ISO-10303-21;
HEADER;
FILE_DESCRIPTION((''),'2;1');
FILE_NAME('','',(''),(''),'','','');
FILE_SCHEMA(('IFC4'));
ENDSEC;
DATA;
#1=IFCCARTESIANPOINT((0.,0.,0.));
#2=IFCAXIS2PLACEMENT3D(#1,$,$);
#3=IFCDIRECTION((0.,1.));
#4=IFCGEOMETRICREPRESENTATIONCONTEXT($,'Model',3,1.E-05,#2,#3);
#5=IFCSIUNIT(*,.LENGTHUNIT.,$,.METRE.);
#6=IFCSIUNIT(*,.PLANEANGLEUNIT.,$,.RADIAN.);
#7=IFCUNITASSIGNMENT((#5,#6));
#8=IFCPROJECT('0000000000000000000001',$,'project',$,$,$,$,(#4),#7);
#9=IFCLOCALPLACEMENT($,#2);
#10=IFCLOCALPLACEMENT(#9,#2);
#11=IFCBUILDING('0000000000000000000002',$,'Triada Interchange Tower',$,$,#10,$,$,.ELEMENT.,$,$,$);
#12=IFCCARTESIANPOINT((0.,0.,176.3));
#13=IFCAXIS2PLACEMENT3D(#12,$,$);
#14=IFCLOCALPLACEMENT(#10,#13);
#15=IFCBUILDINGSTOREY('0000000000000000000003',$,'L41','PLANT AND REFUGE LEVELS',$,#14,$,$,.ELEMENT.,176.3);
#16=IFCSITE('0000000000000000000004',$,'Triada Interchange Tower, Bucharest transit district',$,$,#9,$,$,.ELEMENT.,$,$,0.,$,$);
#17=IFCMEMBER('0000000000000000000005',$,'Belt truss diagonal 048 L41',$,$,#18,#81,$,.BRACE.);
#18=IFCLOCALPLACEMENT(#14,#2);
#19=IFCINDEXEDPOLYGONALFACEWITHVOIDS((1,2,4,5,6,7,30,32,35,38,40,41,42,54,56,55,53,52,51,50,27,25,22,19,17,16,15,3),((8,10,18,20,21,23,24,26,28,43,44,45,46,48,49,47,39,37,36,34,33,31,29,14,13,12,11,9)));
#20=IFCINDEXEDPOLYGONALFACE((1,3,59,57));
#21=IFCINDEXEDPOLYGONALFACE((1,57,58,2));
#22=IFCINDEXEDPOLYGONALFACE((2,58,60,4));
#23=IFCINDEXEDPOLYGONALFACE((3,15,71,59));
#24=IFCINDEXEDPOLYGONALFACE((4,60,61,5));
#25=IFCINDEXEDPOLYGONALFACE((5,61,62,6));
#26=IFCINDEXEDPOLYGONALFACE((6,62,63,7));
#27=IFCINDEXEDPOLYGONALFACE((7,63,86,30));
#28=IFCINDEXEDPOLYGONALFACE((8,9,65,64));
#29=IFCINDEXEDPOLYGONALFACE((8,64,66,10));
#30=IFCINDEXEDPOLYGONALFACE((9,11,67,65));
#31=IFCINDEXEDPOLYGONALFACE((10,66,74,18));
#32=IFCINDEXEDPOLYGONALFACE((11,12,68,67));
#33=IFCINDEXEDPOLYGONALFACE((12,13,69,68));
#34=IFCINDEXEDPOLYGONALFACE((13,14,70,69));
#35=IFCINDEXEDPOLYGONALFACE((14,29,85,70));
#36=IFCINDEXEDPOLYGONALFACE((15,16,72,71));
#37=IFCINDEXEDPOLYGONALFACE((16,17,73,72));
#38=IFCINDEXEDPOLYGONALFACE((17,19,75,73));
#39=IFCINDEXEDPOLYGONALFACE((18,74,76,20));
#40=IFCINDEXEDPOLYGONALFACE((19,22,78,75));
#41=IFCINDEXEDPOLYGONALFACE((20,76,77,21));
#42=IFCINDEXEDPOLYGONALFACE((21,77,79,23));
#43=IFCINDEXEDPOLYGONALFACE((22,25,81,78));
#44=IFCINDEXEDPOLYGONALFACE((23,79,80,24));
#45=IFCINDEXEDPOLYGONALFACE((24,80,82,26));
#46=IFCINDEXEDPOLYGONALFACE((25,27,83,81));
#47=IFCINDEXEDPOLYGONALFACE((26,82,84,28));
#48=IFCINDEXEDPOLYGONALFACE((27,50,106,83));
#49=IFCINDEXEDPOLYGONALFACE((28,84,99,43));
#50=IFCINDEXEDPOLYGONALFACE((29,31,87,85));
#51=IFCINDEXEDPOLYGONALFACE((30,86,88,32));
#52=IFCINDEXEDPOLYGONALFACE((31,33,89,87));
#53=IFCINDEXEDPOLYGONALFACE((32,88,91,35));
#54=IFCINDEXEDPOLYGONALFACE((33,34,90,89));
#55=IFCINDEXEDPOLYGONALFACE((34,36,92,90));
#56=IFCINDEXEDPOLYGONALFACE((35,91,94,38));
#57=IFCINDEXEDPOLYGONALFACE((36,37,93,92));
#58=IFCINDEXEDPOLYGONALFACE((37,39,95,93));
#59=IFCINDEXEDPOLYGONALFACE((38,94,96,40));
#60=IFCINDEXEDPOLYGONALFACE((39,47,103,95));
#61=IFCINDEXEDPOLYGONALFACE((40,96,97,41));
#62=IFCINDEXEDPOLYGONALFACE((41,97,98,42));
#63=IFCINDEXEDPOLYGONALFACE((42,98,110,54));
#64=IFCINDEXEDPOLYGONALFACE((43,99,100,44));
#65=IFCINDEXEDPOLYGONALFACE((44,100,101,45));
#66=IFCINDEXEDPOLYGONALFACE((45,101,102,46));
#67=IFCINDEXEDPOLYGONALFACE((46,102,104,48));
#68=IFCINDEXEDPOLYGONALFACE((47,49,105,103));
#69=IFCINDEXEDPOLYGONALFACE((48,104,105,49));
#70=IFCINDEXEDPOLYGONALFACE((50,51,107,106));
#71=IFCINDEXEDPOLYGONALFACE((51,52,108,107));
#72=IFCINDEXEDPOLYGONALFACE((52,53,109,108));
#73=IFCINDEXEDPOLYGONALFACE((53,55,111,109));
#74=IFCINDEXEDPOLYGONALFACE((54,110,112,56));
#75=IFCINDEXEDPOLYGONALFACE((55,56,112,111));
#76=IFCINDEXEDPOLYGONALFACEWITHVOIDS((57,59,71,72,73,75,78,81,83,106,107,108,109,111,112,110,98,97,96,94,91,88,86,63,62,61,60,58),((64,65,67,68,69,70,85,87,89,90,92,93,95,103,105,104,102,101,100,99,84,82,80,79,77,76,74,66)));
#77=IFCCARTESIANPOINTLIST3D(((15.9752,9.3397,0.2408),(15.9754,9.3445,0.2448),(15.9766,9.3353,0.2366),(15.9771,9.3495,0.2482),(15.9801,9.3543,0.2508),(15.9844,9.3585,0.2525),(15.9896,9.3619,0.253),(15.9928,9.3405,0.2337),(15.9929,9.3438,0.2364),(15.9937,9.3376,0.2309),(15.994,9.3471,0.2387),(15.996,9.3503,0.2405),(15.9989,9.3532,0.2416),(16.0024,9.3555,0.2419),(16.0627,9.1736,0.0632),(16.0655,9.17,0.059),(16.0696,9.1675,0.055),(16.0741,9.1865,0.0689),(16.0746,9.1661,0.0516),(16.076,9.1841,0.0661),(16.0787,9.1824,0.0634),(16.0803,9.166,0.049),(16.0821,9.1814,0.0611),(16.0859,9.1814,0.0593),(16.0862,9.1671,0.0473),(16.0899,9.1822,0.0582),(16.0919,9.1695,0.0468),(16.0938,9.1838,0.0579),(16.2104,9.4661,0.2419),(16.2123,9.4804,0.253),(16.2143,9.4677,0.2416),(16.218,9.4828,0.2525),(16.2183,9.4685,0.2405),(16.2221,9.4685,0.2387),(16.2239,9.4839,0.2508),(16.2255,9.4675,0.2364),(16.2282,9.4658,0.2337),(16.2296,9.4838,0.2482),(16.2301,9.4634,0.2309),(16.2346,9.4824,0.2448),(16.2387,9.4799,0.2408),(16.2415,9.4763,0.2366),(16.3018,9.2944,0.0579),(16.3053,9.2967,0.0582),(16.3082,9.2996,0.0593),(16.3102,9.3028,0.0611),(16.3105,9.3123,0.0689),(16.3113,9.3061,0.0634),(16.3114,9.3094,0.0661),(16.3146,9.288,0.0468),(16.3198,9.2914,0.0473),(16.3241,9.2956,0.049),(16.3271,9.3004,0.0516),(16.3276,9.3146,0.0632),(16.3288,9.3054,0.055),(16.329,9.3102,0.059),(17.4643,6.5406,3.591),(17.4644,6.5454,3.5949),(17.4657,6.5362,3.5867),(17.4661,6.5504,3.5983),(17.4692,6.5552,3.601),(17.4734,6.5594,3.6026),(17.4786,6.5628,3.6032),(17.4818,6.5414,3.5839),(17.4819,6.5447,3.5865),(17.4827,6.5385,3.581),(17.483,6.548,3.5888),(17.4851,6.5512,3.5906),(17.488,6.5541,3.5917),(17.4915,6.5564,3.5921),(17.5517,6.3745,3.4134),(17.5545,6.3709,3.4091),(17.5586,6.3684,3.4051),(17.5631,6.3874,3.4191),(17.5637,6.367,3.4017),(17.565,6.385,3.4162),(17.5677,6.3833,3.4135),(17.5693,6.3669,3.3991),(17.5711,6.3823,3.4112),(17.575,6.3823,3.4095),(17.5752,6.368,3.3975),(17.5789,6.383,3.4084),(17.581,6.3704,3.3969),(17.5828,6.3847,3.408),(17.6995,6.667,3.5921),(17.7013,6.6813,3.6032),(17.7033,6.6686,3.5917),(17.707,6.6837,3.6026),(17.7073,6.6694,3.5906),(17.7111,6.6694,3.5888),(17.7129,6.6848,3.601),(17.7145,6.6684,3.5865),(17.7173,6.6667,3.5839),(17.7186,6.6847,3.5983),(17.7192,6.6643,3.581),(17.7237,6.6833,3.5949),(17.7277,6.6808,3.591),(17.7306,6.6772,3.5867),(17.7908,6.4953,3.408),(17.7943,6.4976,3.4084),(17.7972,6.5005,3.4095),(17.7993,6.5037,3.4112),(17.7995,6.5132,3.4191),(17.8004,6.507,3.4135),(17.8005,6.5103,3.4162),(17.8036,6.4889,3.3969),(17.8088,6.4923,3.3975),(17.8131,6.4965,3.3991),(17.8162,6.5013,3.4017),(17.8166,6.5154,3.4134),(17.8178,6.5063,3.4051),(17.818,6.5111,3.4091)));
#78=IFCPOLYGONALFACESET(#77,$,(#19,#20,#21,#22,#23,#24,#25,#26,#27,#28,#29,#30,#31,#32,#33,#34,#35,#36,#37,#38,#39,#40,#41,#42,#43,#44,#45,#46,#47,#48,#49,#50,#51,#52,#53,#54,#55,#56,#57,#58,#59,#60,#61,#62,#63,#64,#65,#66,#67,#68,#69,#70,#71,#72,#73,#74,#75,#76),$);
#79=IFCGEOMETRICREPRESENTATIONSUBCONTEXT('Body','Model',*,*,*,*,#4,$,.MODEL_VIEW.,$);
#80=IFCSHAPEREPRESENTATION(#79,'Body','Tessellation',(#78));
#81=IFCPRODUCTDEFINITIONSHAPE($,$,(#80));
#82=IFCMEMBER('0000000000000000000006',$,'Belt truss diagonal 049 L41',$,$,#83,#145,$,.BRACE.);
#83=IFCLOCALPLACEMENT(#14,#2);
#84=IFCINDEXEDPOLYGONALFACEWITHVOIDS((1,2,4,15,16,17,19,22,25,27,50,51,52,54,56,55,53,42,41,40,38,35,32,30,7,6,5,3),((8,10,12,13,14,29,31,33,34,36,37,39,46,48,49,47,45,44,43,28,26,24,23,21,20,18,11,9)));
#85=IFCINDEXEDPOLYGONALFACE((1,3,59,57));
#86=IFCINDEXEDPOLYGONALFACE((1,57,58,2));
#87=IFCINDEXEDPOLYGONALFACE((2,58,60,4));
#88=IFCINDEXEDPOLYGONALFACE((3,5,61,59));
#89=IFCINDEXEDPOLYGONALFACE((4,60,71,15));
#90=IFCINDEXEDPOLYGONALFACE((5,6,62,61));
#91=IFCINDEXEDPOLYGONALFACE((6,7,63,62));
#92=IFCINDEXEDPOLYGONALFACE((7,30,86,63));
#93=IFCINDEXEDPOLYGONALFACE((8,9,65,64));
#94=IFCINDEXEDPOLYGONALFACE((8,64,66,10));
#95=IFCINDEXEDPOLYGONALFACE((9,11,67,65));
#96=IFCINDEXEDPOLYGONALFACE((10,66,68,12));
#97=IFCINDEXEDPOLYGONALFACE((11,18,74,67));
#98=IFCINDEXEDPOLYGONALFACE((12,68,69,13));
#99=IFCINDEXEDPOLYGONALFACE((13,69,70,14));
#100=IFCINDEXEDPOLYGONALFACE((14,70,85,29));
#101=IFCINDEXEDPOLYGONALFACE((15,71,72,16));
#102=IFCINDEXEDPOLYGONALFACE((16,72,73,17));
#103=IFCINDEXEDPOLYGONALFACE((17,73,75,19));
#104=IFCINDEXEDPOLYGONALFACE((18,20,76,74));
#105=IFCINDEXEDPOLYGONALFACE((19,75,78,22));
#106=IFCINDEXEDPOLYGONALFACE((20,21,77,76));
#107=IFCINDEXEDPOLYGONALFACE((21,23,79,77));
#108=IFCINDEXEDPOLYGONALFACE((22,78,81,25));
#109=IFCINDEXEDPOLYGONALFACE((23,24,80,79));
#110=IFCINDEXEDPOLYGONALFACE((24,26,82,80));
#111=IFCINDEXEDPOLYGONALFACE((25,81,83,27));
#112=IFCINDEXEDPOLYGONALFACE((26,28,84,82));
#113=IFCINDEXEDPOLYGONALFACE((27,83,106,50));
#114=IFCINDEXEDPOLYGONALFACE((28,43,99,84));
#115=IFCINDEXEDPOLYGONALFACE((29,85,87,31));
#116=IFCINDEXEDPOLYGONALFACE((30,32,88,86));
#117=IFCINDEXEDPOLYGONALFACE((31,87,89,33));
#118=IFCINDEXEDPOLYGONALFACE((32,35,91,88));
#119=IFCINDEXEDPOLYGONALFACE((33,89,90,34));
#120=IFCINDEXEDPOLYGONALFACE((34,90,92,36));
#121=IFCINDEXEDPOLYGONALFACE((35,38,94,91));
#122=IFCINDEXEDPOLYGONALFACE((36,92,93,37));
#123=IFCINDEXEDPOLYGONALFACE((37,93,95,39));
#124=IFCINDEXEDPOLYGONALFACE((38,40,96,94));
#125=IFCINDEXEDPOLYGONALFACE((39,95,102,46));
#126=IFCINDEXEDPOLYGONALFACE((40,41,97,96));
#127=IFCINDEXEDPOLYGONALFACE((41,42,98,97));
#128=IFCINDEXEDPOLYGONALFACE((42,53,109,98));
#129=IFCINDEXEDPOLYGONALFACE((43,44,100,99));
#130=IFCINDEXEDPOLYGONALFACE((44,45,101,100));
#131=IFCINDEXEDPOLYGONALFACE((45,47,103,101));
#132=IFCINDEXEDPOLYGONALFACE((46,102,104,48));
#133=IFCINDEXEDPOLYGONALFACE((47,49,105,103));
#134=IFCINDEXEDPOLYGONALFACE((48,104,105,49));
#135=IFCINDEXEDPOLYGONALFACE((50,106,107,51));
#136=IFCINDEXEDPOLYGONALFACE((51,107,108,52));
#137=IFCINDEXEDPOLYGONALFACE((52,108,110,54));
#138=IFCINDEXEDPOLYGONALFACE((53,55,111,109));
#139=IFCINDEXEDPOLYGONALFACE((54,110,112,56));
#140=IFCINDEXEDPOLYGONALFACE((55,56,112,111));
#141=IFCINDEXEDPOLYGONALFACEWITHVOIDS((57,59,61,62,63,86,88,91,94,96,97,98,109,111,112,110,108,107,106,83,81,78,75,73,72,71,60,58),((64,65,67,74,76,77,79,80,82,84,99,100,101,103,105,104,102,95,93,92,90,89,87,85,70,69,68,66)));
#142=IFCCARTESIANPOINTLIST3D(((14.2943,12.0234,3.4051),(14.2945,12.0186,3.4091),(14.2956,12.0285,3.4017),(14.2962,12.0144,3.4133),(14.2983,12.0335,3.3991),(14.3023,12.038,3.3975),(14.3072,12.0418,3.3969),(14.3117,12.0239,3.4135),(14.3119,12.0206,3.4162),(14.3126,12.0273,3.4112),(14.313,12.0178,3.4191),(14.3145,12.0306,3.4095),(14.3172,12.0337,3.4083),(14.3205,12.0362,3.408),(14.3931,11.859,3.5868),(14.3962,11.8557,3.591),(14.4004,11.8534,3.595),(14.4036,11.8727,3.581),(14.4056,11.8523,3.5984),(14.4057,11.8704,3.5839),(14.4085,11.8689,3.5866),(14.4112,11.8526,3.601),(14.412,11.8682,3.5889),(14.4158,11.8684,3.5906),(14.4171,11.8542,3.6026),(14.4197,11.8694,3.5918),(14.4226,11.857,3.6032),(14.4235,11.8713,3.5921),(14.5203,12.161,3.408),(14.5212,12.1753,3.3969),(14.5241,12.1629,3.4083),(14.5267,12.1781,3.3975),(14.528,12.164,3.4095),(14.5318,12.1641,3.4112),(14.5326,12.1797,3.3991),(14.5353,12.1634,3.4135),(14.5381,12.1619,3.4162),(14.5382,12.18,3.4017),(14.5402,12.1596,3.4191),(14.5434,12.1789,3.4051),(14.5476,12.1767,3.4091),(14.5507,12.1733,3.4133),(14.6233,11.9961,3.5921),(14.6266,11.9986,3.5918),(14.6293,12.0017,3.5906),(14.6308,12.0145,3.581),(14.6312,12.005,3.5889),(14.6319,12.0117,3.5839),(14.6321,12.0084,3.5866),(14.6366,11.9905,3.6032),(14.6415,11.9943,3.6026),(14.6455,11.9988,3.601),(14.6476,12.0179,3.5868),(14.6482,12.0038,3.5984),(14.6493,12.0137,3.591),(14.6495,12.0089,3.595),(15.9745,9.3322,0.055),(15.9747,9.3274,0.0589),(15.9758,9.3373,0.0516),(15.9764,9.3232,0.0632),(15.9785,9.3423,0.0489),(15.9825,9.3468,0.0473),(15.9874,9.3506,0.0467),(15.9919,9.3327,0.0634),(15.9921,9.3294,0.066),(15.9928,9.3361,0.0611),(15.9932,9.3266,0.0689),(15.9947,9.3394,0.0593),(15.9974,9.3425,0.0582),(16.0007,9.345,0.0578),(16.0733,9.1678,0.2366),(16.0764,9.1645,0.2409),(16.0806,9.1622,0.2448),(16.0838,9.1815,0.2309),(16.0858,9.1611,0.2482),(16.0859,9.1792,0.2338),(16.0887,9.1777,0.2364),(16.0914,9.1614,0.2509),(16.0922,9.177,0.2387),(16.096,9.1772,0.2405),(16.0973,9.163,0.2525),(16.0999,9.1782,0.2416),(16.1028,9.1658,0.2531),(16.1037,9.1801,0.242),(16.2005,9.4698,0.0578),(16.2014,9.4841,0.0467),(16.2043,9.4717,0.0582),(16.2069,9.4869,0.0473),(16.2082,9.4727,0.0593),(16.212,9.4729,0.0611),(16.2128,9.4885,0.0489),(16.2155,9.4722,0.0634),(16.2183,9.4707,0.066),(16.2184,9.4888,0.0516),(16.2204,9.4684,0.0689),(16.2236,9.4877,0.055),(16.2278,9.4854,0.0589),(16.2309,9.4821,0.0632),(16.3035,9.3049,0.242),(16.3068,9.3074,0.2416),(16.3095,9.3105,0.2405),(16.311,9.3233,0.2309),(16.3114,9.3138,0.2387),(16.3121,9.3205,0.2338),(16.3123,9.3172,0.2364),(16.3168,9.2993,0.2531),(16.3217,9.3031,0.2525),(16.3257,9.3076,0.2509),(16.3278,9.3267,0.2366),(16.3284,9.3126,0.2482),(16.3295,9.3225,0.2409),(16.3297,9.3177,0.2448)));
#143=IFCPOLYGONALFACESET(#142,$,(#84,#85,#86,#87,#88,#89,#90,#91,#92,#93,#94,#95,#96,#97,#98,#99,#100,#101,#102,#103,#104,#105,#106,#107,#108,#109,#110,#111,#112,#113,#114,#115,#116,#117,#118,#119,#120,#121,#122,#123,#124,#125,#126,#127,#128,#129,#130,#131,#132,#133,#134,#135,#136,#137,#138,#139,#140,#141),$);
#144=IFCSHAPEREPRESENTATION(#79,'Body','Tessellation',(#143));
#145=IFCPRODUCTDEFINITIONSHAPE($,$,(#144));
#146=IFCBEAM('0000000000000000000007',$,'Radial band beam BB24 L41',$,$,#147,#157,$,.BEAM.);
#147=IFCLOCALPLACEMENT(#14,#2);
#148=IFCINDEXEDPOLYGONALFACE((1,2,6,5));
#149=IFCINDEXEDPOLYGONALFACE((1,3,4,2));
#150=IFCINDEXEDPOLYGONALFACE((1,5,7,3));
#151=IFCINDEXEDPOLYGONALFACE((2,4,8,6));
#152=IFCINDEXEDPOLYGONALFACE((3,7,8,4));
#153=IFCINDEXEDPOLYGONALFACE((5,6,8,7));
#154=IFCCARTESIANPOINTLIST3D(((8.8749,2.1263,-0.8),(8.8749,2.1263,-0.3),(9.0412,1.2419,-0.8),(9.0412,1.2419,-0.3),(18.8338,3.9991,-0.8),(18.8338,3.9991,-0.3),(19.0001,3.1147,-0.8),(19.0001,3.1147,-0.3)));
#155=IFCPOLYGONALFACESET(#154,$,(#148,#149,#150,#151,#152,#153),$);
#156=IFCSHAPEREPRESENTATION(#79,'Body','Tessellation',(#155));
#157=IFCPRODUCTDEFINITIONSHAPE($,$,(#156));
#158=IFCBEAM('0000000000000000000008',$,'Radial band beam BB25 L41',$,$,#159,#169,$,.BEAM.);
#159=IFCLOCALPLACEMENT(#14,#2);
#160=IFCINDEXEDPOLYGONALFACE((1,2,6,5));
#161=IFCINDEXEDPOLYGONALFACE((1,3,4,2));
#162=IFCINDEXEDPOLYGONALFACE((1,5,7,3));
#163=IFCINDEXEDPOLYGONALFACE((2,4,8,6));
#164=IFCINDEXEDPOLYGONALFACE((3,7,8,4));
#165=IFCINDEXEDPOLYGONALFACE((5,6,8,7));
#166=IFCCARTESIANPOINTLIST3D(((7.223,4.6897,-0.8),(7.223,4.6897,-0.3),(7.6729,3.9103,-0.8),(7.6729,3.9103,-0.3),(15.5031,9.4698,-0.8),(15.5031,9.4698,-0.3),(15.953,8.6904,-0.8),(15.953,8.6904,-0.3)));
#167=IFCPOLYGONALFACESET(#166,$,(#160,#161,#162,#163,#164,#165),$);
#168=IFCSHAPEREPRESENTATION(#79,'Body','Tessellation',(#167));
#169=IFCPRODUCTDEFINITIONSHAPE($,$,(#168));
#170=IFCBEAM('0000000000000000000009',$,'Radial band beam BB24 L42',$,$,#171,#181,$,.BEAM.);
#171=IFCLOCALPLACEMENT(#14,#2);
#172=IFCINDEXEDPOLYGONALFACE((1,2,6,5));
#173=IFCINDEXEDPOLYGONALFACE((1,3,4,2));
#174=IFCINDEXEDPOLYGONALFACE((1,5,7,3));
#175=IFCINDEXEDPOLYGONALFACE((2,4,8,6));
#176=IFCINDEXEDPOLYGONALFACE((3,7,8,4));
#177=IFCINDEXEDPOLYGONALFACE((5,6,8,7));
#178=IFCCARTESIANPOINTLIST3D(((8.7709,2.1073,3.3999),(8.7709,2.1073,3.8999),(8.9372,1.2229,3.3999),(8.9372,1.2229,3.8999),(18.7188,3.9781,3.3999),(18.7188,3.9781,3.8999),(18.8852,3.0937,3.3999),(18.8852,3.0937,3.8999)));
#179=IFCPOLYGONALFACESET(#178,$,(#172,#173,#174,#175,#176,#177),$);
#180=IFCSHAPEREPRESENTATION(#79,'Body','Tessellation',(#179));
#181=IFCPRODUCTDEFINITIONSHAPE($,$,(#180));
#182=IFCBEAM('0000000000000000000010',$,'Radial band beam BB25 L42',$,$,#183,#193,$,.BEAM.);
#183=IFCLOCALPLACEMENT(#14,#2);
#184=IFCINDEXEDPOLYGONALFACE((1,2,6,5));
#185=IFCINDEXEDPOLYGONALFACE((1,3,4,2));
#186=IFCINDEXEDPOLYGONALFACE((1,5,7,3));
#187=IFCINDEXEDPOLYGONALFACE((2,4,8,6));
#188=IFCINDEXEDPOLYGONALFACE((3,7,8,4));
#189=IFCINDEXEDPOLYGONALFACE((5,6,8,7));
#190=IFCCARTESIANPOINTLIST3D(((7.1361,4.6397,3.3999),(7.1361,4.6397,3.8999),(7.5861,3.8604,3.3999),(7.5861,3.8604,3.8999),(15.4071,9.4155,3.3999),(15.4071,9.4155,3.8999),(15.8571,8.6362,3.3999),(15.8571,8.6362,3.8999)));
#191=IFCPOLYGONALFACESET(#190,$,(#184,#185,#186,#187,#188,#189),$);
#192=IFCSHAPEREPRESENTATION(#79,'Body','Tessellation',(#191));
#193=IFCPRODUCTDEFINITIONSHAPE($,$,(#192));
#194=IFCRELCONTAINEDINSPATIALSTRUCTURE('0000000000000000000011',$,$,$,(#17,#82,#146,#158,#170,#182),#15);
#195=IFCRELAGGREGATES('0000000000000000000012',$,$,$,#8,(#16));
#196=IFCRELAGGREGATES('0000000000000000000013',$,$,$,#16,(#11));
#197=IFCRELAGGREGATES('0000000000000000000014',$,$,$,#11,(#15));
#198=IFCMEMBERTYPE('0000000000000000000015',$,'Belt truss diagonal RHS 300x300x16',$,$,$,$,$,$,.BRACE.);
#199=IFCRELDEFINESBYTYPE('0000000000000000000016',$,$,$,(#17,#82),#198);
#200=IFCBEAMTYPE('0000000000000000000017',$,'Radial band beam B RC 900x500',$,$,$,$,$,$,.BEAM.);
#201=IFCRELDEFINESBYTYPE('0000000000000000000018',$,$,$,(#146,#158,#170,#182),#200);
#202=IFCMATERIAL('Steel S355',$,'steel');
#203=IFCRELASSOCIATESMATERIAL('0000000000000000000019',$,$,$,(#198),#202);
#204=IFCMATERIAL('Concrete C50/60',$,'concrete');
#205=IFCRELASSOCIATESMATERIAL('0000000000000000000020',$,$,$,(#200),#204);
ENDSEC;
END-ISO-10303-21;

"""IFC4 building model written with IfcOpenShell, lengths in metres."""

from ifc_helpers import new_model, si_unit, direction, frame, origin, origin_2d, place, context, subcontext, project, spatial, rectangle, hollow_rectangle, extrude, material, material_profile, profile_set, type_object, element, save


model = new_model("IFC4")

# Units and contexts
model_context = context("Model", 3, precision=1e-05, world=origin(), true_north=direction((0.0, 1.0)))
body_context = subcontext(model_context, "Body", "Model", "MODEL_VIEW")
ifc_project = project(units=[si_unit("LENGTHUNIT", "METRE"), si_unit("PLANEANGLEUNIT", "RADIAN")], contexts=[model_context])

# Site, building, storey
site_placement = place(None, origin())
site = spatial("IfcSite", under=ifc_project, at=site_placement, Name="Triada Interchange Tower, Bucharest transit district", CompositionType="ELEMENT", RefElevation=0.0)
building_placement = place(site_placement, origin())
building = spatial("IfcBuilding", under=site, at=building_placement, Name="Triada Interchange Tower", CompositionType="ELEMENT")
storey_placement = place(building_placement, frame((0.0, 0.0, 176.3)))
storey = spatial("IfcBuildingStorey", under=building, at=storey_placement, Name="L41", Description="PLANT AND REFUGE LEVELS", CompositionType="ELEMENT", Elevation=176.3)

# Members
ifc_material_1 = material(Name="Steel S355", Category="steel")
ifc_material_profile_1 = material_profile(ifc_material_1, hollow_rectangle(XDim=0.3, YDim=0.3, WallThickness=0.0161, InnerFilletRadius=0.0161, OuterFilletRadius=0.0239, at=origin_2d()), Name="RHS 300x300x16")
ifc_profile_set_1 = profile_set([ifc_material_profile_1], Name="Steel S355")
member_type = type_object("IfcMemberType", Name="Belt truss diagonal RHS 300x300x16", PredefinedType="BRACE", material=ifc_profile_set_1)
member_1_placement = place(storey_placement, frame((16.1521, 9.325, 0.1499), z_axis=(0.322822, -0.606845, 0.726309), x_axis=(0.882853, 0.469649, 0.0)))
element("IfcMember", 1, at=member_1_placement, inside=storey, type_object=member_type, Name="Belt truss diagonal 048 L41", PredefinedType="BRACE", context=body_context, shape_type="SweptSolid", body=[
    extrude(hollow_rectangle(XDim=0.3, YDim=0.3, WallThickness=0.0161, InnerFilletRadius=0.0161, OuterFilletRadius=0.0239, at=origin_2d()), origin(), (0.0, 0.0, 1.0), 4.6125),
])
member_2_placement = place(storey_placement, frame((16.1521, 9.325, 0.1499), z_axis=(-0.364152, 0.583267, 0.726081), x_axis=(-0.848253, -0.529591, 0.0)))
element("IfcMember", 2, at=member_2_placement, inside=storey, type_object=member_type, Name="Belt truss diagonal 049 L41", PredefinedType="BRACE", context=body_context, shape_type="SweptSolid", body=[
    extrude(hollow_rectangle(XDim=0.3, YDim=0.3, WallThickness=0.0161, InnerFilletRadius=0.0161, OuterFilletRadius=0.0239, at=origin_2d()), origin(), (0.0, 0.0, 1.0), 4.614),
])

# Beams
ifc_material_2 = material(Name="Concrete C50/60", Category="concrete")
ifc_material_profile_2 = material_profile(ifc_material_2, rectangle(XDim=0.8999, YDim=0.5, at=origin_2d()), Name="RC 900x500")
ifc_profile_set_2 = profile_set([ifc_material_profile_2], Name="Concrete C50/60")
beam_type_1 = type_object("IfcBeamType", Name="Radial band beam B RC 900x500", PredefinedType="BEAM", material=ifc_profile_set_2)
beam_1_placement = place(storey_placement, frame((18.917, 3.5569, -0.55), z_axis=(-0.982774, -0.184812, 0.0), x_axis=(0.184812, -0.982774, 0.0)))
element("IfcBeam", 3, at=beam_1_placement, inside=storey, type_object=beam_type_1, Name="Radial band beam BB24 L41", PredefinedType="BEAM", context=body_context, shape_type="SweptSolid", body=[
    extrude(rectangle(XDim=0.8999, YDim=0.5, at=origin_2d()), origin(), (0.0, 0.0, 1.0), 10.1335),
])
beam_2_placement = place(storey_placement, frame((15.728, 9.0801, -0.55), z_axis=(-0.866046, -0.499965, 0.0), x_axis=(0.499965, -0.866046, 0.0)))
element("IfcBeam", 4, at=beam_2_placement, inside=storey, type_object=beam_type_1, Name="Radial band beam BB25 L41", PredefinedType="BEAM", context=body_context, shape_type="SweptSolid", body=[
    extrude(rectangle(XDim=0.8999, YDim=0.5, at=origin_2d()), origin(), (0.0, 0.0, 1.0), 9.5608),
])
beam_3_placement = place(storey_placement, frame((18.802, 3.5359, 3.6499), z_axis=(-0.982772, -0.184823, 0.0), x_axis=(0.184823, -0.982772, 0.0)))
element("IfcBeam", 5, at=beam_3_placement, inside=storey, type_object=beam_type_1, Name="Radial band beam BB24 L42", PredefinedType="BEAM", context=body_context, shape_type="SweptSolid", body=[
    extrude(rectangle(XDim=0.8999, YDim=0.5, at=origin_2d()), origin(), (0.0, 0.0, 1.0), 10.1223),
])
beam_4_placement = place(storey_placement, frame((15.6321, 9.0259, 3.6499), z_axis=(-0.865997, -0.500048, 0.0), x_axis=(0.500048, -0.865997, 0.0)))
element("IfcBeam", 6, at=beam_4_placement, inside=storey, type_object=beam_type_1, Name="Radial band beam BB25 L42", PredefinedType="BEAM", context=body_context, shape_type="SweptSolid", body=[
    extrude(rectangle(XDim=0.8999, YDim=0.5, at=origin_2d()), origin(), (0.0, 0.0, 1.0), 9.5508),
])

save(model, "model.ifc")
